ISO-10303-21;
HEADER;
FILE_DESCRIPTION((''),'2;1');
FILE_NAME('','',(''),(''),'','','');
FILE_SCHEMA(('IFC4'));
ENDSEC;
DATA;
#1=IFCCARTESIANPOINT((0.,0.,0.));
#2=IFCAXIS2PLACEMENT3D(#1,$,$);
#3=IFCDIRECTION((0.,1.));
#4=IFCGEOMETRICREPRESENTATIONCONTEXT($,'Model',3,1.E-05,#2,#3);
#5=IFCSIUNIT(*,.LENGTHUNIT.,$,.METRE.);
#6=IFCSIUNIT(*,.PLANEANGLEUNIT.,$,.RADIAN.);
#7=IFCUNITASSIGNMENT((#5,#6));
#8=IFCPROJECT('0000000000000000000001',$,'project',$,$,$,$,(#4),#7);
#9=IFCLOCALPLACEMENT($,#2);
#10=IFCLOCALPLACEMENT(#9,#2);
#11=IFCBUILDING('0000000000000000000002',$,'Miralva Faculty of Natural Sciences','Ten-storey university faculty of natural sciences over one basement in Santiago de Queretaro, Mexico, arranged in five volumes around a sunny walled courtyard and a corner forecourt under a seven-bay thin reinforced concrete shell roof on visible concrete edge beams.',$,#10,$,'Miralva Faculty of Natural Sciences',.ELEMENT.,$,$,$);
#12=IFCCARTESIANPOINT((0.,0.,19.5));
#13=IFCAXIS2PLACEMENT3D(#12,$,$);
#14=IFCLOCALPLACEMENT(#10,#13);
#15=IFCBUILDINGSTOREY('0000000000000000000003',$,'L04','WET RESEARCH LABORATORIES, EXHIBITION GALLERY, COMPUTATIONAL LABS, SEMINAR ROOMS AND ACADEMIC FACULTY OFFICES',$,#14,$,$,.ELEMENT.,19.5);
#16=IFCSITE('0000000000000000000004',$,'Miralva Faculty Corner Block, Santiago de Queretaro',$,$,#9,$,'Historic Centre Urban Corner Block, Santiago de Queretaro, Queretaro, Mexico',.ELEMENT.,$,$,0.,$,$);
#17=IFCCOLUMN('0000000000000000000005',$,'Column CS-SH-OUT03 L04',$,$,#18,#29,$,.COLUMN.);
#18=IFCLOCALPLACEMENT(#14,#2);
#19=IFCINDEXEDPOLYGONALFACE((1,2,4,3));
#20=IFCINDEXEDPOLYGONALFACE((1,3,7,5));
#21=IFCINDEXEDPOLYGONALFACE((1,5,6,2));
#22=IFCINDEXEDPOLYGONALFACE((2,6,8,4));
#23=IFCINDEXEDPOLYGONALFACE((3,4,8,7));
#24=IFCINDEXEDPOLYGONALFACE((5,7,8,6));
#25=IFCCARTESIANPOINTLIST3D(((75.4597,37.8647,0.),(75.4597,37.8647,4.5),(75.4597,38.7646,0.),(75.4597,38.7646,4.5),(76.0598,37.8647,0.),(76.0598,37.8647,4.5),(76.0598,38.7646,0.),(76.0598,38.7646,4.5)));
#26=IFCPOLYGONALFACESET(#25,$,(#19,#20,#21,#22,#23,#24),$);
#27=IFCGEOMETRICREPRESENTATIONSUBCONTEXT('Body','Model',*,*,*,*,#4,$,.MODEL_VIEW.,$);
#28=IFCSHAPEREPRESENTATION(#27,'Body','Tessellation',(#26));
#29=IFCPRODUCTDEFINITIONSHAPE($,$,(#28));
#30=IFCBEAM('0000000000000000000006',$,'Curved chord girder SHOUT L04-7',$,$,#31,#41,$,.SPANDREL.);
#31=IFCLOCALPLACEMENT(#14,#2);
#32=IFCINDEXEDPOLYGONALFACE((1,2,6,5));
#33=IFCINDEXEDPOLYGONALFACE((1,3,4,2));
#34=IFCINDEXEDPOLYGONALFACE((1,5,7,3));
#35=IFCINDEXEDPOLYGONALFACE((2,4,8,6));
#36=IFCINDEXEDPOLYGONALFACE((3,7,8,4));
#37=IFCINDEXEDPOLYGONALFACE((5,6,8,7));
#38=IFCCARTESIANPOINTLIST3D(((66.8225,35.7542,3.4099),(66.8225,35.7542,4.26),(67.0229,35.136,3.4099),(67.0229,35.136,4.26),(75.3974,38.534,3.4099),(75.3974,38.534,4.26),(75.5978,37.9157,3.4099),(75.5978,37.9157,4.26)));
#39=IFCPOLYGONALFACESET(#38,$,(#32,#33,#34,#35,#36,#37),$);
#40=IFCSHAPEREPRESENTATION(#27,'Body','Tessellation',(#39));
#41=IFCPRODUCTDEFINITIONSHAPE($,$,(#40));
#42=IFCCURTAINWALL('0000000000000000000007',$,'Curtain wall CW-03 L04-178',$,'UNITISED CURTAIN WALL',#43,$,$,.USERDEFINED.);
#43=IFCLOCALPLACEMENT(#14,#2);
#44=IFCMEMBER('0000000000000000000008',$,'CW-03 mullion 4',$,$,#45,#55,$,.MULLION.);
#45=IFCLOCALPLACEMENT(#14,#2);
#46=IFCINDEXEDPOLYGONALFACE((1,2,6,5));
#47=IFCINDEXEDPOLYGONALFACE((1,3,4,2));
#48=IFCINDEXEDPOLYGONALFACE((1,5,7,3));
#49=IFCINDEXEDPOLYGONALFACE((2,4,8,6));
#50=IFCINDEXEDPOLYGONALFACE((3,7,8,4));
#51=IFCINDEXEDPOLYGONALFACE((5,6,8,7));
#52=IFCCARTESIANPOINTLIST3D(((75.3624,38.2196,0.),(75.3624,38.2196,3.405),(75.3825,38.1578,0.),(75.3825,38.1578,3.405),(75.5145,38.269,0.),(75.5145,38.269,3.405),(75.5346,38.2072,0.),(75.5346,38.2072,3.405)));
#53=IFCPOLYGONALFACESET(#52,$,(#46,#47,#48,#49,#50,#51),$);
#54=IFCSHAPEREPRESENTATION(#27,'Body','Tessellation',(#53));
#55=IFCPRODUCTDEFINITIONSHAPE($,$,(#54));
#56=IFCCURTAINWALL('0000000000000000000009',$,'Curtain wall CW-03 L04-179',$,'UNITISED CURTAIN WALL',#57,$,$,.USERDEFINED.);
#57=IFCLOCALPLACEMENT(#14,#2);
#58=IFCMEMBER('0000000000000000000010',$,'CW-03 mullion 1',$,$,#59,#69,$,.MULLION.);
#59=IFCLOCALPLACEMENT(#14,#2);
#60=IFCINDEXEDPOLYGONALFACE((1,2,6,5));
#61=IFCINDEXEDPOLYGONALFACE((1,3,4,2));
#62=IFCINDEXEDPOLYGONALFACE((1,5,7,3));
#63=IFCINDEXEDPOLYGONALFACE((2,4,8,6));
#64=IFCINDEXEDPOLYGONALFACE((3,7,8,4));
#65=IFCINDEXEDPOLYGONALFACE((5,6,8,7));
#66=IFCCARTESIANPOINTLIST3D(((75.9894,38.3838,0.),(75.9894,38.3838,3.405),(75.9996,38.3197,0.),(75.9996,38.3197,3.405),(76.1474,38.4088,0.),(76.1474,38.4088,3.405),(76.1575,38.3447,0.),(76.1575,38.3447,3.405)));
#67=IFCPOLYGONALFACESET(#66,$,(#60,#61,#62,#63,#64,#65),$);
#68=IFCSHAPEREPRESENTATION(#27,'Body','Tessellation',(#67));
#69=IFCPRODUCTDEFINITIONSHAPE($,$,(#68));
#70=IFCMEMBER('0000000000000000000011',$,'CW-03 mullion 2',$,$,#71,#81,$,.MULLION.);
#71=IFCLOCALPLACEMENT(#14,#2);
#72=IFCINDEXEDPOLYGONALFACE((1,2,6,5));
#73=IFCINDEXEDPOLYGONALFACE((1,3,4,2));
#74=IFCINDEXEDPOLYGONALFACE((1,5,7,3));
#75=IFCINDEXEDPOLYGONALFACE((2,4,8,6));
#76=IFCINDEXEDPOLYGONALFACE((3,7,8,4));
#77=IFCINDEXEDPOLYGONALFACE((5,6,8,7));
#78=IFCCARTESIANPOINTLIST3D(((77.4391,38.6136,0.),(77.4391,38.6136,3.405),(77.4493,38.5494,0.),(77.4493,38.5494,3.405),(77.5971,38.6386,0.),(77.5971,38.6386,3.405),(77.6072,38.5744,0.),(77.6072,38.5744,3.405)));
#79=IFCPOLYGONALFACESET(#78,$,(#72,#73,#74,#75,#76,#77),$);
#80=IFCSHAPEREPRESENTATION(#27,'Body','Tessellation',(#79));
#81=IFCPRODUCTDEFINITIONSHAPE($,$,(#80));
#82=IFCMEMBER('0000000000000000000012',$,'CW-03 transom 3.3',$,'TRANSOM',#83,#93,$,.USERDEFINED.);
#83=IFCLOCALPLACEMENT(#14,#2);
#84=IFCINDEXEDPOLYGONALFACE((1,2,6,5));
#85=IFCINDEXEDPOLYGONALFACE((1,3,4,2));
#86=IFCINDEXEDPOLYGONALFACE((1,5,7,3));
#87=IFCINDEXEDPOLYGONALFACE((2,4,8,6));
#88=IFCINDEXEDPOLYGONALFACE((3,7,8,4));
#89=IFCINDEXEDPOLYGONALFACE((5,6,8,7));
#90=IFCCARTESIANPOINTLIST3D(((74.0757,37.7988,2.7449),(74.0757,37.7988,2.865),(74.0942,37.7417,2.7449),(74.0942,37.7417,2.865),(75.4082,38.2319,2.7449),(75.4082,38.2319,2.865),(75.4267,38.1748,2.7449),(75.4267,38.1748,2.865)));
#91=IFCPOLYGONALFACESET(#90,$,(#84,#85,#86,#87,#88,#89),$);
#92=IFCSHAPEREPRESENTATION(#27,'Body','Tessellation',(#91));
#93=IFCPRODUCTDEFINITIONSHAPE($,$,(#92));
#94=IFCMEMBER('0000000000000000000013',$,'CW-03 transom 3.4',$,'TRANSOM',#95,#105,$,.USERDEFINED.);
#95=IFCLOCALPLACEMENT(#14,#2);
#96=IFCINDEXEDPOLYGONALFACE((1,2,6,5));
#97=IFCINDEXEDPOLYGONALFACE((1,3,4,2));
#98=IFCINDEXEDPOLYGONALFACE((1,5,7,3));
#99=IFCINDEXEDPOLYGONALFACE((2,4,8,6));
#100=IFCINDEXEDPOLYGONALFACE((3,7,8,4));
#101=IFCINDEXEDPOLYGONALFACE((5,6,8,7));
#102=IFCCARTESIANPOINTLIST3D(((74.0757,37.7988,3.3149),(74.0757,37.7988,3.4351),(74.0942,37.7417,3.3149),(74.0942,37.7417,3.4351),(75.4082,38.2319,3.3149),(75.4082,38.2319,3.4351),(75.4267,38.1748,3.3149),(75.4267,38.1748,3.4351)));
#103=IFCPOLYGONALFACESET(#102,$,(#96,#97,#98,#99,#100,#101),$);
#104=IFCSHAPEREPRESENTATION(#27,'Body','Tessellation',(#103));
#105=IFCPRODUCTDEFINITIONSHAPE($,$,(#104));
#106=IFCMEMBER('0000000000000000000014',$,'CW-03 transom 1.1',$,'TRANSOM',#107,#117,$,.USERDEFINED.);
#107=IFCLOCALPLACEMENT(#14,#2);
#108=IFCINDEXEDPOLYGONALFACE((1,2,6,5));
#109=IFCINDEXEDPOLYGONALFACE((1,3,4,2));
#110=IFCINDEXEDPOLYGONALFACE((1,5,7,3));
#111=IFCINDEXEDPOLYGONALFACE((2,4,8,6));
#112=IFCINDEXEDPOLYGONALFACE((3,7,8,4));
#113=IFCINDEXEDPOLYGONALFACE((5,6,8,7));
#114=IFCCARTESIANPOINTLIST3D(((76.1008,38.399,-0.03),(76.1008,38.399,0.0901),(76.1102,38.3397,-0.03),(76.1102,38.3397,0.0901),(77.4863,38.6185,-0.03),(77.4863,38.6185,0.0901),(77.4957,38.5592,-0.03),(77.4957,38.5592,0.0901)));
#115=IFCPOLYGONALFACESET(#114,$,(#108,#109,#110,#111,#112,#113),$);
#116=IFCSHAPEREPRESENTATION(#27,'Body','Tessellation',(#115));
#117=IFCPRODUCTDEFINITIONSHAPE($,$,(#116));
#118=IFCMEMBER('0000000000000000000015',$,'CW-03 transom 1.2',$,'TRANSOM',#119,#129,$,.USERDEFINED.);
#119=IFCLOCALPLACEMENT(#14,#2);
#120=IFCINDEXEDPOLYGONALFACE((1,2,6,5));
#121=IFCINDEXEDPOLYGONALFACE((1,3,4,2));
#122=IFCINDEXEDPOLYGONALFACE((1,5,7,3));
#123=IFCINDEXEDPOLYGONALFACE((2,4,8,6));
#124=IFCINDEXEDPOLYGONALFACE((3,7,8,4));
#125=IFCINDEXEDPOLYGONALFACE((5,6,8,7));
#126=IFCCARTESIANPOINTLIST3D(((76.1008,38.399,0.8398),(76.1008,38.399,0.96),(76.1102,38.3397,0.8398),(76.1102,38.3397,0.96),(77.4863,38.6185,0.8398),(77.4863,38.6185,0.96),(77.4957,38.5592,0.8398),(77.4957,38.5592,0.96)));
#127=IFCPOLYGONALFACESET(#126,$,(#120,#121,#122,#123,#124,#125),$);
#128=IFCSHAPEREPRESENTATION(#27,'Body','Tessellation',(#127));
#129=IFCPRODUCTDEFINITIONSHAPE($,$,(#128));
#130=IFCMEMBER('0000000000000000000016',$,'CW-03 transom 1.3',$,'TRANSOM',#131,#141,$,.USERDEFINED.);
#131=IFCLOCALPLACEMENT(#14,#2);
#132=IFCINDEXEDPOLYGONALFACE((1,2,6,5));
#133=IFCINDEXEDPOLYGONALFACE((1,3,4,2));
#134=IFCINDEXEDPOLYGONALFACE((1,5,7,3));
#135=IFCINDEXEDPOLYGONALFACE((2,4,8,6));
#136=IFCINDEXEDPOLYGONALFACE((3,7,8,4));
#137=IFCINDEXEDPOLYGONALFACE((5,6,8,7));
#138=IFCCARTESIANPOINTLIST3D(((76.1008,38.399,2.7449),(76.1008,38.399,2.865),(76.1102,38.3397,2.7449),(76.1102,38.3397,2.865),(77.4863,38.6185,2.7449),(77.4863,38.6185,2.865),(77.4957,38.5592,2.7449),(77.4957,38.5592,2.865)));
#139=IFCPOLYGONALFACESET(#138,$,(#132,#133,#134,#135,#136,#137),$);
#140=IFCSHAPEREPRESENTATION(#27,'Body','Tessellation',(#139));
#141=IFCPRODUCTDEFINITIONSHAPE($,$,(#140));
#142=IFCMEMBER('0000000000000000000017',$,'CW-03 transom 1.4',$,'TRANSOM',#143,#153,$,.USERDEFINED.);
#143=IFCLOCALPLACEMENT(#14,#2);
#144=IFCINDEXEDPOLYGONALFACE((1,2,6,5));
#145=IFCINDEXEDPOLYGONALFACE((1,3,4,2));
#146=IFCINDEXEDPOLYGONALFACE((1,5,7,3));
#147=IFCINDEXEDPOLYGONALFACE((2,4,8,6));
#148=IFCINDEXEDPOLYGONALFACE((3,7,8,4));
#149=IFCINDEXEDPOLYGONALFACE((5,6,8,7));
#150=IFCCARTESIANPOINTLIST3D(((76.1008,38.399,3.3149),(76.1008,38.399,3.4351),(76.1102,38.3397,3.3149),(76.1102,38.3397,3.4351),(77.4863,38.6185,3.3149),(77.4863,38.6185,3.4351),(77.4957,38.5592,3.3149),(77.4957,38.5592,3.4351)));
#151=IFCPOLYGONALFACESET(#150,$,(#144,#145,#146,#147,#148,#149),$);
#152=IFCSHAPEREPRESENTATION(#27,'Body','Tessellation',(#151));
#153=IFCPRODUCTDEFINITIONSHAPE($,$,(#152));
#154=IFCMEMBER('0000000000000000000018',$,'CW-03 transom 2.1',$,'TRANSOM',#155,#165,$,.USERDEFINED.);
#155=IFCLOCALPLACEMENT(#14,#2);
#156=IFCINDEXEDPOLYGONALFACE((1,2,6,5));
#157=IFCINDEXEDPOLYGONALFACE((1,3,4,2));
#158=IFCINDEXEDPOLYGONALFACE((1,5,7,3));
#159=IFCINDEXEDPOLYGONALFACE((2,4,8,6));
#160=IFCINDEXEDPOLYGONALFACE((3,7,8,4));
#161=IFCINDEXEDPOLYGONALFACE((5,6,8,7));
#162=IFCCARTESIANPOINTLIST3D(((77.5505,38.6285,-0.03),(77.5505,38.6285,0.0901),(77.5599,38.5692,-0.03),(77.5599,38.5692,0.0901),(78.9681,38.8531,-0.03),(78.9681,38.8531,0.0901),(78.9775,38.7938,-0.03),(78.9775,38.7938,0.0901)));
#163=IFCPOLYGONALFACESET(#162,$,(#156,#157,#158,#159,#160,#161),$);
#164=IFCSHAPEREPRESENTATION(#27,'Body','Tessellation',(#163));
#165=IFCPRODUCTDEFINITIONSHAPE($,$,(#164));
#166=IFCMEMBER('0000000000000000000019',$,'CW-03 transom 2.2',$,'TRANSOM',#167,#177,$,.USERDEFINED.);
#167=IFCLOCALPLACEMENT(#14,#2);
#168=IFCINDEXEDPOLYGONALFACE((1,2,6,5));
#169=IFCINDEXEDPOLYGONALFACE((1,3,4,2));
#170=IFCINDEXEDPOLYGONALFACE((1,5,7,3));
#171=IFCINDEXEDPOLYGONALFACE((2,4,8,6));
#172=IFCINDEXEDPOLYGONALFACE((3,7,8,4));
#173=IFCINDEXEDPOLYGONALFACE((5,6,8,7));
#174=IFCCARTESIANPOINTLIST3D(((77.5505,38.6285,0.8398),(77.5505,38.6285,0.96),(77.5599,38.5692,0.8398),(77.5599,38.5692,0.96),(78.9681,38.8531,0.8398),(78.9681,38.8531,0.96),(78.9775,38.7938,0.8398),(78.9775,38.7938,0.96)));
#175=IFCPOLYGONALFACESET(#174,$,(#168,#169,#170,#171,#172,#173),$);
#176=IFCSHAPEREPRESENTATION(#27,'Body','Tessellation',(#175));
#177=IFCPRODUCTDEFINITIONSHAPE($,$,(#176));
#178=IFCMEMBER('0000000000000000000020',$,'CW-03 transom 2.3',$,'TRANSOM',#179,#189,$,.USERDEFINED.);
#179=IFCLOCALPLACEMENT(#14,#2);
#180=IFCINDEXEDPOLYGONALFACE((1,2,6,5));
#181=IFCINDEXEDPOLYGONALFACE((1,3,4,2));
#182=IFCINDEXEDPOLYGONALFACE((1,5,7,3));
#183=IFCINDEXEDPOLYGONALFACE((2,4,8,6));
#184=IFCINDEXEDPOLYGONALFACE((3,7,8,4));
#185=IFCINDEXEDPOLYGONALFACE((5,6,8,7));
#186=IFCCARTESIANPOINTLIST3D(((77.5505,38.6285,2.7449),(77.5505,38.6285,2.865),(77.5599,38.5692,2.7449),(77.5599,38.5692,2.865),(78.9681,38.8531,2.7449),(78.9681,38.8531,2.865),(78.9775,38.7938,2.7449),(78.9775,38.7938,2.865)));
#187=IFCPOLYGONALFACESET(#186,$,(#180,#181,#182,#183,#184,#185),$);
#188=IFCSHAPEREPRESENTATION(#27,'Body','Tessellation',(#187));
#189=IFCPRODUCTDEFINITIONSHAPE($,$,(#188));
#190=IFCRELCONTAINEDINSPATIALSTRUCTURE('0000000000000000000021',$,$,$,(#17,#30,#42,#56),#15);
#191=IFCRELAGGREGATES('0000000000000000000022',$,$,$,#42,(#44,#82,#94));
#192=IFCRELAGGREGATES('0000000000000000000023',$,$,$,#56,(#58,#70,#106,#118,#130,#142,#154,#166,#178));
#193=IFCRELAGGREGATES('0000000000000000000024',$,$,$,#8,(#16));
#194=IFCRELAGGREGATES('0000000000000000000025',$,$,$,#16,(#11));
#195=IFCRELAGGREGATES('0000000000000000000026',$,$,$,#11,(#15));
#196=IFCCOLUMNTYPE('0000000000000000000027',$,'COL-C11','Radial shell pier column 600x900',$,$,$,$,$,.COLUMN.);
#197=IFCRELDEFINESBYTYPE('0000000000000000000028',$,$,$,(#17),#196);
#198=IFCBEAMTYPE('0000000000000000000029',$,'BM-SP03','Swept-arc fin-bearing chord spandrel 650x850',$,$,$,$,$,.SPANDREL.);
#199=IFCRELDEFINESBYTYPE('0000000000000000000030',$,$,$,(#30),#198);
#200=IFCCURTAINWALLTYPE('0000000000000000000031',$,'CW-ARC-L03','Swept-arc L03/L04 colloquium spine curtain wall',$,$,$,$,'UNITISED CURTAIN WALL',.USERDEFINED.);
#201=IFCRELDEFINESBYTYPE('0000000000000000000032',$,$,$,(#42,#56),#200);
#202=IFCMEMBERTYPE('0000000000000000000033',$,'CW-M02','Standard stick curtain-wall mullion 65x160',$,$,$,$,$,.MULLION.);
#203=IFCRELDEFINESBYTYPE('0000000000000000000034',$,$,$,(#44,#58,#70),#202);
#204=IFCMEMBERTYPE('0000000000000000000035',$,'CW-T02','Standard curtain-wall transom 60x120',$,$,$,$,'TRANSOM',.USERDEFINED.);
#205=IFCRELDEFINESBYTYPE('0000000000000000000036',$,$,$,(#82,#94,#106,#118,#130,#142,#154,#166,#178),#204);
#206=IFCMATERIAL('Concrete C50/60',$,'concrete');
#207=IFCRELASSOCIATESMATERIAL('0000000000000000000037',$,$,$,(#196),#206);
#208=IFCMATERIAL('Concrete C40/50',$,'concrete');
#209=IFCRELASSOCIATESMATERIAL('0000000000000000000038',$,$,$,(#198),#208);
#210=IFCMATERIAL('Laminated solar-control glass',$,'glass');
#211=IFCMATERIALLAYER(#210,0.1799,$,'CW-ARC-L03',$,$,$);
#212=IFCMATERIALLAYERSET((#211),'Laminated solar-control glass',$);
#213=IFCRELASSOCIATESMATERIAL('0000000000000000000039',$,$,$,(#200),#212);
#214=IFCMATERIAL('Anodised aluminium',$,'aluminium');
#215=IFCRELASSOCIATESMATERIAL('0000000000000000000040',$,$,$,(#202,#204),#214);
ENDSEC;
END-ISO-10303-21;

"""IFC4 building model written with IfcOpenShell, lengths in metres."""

from ifc_helpers import new_model, si_unit, direction, frame, origin, origin_2d, place, context, subcontext, project, spatial, rectangle, extrude, material, layer, layer_set, material_profile, profile_set, type_object, element, aggregate, save


model = new_model("IFC4")

# Units and contexts
model_context = context("Model", 3, precision=1e-05, world=origin(), true_north=direction((0.0, 1.0)))
body_context = subcontext(model_context, "Body", "Model", "MODEL_VIEW")
ifc_project = project(units=[si_unit("LENGTHUNIT", "METRE"), si_unit("PLANEANGLEUNIT", "RADIAN")], contexts=[model_context])

# Site, building, storey
site_placement = place(None, origin())
site = spatial("IfcSite", under=ifc_project, at=site_placement, Name="Miralva Faculty Corner Block, Santiago de Queretaro", LongName="Historic Centre Urban Corner Block, Santiago de Queretaro, Queretaro, Mexico", CompositionType="ELEMENT", RefElevation=0.0)
building_placement = place(site_placement, origin())
building = spatial("IfcBuilding", under=site, at=building_placement, Name="Miralva Faculty of Natural Sciences", Description="Ten-storey university faculty of natural sciences over one basement in Santiago de Queretaro, Mexico, arranged in five volumes around a sunny walled courtyard and a corner forecourt under a seven-bay thin reinforced concrete shell roof on visible concrete edge beams.", LongName="Miralva Faculty of Natural Sciences", CompositionType="ELEMENT")
storey_placement = place(building_placement, frame((0.0, 0.0, 19.5)))
storey = spatial("IfcBuildingStorey", under=building, at=storey_placement, Name="L04", Description="WET RESEARCH LABORATORIES, EXHIBITION GALLERY, COMPUTATIONAL LABS, SEMINAR ROOMS AND ACADEMIC FACULTY OFFICES", CompositionType="ELEMENT", Elevation=19.5)

# Column
ifc_material_1 = material(Name="Concrete C50/60", Category="concrete")
ifc_material_profile_1 = material_profile(ifc_material_1, rectangle(XDim=0.6001, YDim=0.8999, at=origin_2d()), Name="RC 600x900")
ifc_profile_set_1 = profile_set([ifc_material_profile_1], Name="Concrete C50/60")
column_type = type_object("IfcColumnType", Name="COL-C11", Description="Radial shell pier column 600x900", PredefinedType="COLUMN", material=ifc_profile_set_1)
column_placement = place(storey_placement, frame((75.7598, 38.3147, 0.0), z_axis=(0.0, 0.0, 1.0), x_axis=(1.0, 0.0, 0.0)))
element("IfcColumn", 1, at=column_placement, inside=storey, type_object=column_type, Name="Column CS-SH-OUT03 L04", PredefinedType="COLUMN", context=body_context, shape_type="SweptSolid", body=[
    extrude(rectangle(XDim=0.6001, YDim=0.8999, at=origin_2d()), origin(), (0.0, 0.0, 1.0), 4.5),
])

# Beam
ifc_material_2 = material(Name="Concrete C40/50", Category="concrete")
ifc_material_profile_2 = material_profile(ifc_material_2, rectangle(XDim=0.6499, YDim=0.8501, at=origin_2d()), Name="RC 650x850")
ifc_profile_set_2 = profile_set([ifc_material_profile_2], Name="Concrete C40/50")
beam_type = type_object("IfcBeamType", Name="BM-SP03", Description="Swept-arc fin-bearing chord spandrel 650x850", PredefinedType="SPANDREL", material=ifc_profile_set_2)
beam_placement = place(storey_placement, frame((75.4976, 38.2249, 3.835), z_axis=(-0.951264, -0.308376, 0.0), x_axis=(0.308376, -0.951264, 0.0)))
element("IfcBeam", 2, at=beam_placement, inside=storey, type_object=beam_type, Name="Curved chord girder SHOUT L04-7", PredefinedType="SPANDREL", context=body_context, shape_type="SweptSolid", body=[
    extrude(rectangle(XDim=0.6499, YDim=0.8501, at=origin_2d()), origin(), (0.0, 0.0, 1.0), 9.0142),
])

# Curtain wall, member
ifc_material_3 = material(Name="Laminated solar-control glass", Category="glass")
ifc_layer_1 = layer(ifc_material_3, 0.1799, Name="CW-ARC-L03")
ifc_layer_set_1 = layer_set([ifc_layer_1], Name="Laminated solar-control glass")
curtain_wall_type = type_object("IfcCurtainWallType", Name="CW-ARC-L03", Description="Swept-arc L03/L04 colloquium spine curtain wall", ElementType="UNITISED CURTAIN WALL", PredefinedType="USERDEFINED", material=ifc_layer_set_1)
curtain_wall_1_placement = place(storey_placement, origin())
curtain_wall_1 = element("IfcCurtainWall", 3, at=curtain_wall_1_placement, inside=storey, type_object=curtain_wall_type, Name="Curtain wall CW-03 L04-178", ObjectType="UNITISED CURTAIN WALL", PredefinedType="USERDEFINED")
ifc_material_4 = material(Name="Anodised aluminium", Category="aluminium")
ifc_material_profile_3 = material_profile(ifc_material_4, rectangle(XDim=0.0649, YDim=0.1599, at=origin_2d()), Name="MULLION 65x160")
ifc_profile_set_3 = profile_set([ifc_material_profile_3], Name="Anodised aluminium")
member_type_1 = type_object("IfcMemberType", Name="CW-M02", Description="Standard stick curtain-wall mullion 65x160", PredefinedType="MULLION", material=ifc_profile_set_3)
member_1_placement = place(storey_placement, frame((75.4485, 38.2134, 0.0), z_axis=(0.0, 0.0, 1.0), x_axis=(-0.309006, 0.95106, 0.0)))
member_1 = element("IfcMember", 4, at=member_1_placement, type_object=member_type_1, Name="CW-03 mullion 4", PredefinedType="MULLION", context=body_context, shape_type="SweptSolid", body=[
    extrude(rectangle(XDim=0.0649, YDim=0.1599, at=origin_2d()), origin(), (0.0, 0.0, 1.0), 3.405),
])

# Curtain wall, members
curtain_wall_2_placement = place(storey_placement, origin())
curtain_wall_2 = element("IfcCurtainWall", 5, at=curtain_wall_2_placement, inside=storey, type_object=curtain_wall_type, Name="Curtain wall CW-03 L04-179", ObjectType="UNITISED CURTAIN WALL", PredefinedType="USERDEFINED")
member_2_placement = place(storey_placement, frame((76.0735, 38.3643, 0.0), z_axis=(0.0, 0.0, 1.0), x_axis=(-0.156431, 0.987689, 0.0)))
member_2 = element("IfcMember", 6, at=member_2_placement, type_object=member_type_1, Name="CW-03 mullion 1", PredefinedType="MULLION", context=body_context, shape_type="SweptSolid", body=[
    extrude(rectangle(XDim=0.0649, YDim=0.1599, at=origin_2d()), origin(), (0.0, 0.0, 1.0), 3.405),
])
member_3_placement = place(storey_placement, frame((77.5232, 38.594, 0.0), z_axis=(0.0, 0.0, 1.0), x_axis=(-0.156431, 0.987689, 0.0)))
member_3 = element("IfcMember", 7, at=member_3_placement, type_object=member_type_1, Name="CW-03 mullion 2", PredefinedType="MULLION", context=body_context, shape_type="SweptSolid", body=[
    extrude(rectangle(XDim=0.0649, YDim=0.1599, at=origin_2d()), origin(), (0.0, 0.0, 1.0), 3.405),
])

# Members
ifc_material_profile_4 = material_profile(ifc_material_4, rectangle(XDim=0.0601, YDim=0.1201, at=origin_2d()), Name="TRANSOM 60x120")
ifc_profile_set_4 = profile_set([ifc_material_profile_4], Name="Anodised aluminium")
member_type_2 = type_object("IfcMemberType", Name="CW-T02", Description="Standard curtain-wall transom 60x120", ElementType="TRANSOM", PredefinedType="USERDEFINED", material=ifc_profile_set_4)
member_4_placement = place(storey_placement, frame((74.085, 37.7703, 2.8049), z_axis=(0.951026, 0.30911, 0.0), x_axis=(-0.30911, 0.951026, 0.0)))
member_4 = element("IfcMember", 8, at=member_4_placement, type_object=member_type_2, Name="CW-03 transom 3.3", ObjectType="TRANSOM", PredefinedType="USERDEFINED", context=body_context, shape_type="SweptSolid", body=[
    extrude(rectangle(XDim=0.0601, YDim=0.1201, at=origin_2d()), origin(), (0.0, 0.0, 1.0), 1.4011),
])
member_5_placement = place(storey_placement, frame((74.085, 37.7703, 3.375), z_axis=(0.951026, 0.30911, 0.0), x_axis=(-0.30911, 0.951026, 0.0)))
member_5 = element("IfcMember", 9, at=member_5_placement, type_object=member_type_2, Name="CW-03 transom 3.4", ObjectType="TRANSOM", PredefinedType="USERDEFINED", context=body_context, shape_type="SweptSolid", body=[
    extrude(rectangle(XDim=0.0601, YDim=0.1201, at=origin_2d()), origin(), (0.0, 0.0, 1.0), 1.4011),
])
member_6_placement = place(storey_placement, frame((76.1055, 38.3694, 0.03), z_axis=(0.987684, 0.156463, 0.0), x_axis=(-0.156463, 0.987684, 0.0)))
member_6 = element("IfcMember", 10, at=member_6_placement, type_object=member_type_2, Name="CW-03 transom 1.1", ObjectType="TRANSOM", PredefinedType="USERDEFINED", context=body_context, shape_type="SweptSolid", body=[
    extrude(rectangle(XDim=0.0601, YDim=0.1201, at=origin_2d()), origin(), (0.0, 0.0, 1.0), 1.4028),
])
member_7_placement = place(storey_placement, frame((76.1055, 38.3694, 0.8999), z_axis=(0.987684, 0.156463, 0.0), x_axis=(-0.156463, 0.987684, 0.0)))
member_7 = element("IfcMember", 11, at=member_7_placement, type_object=member_type_2, Name="CW-03 transom 1.2", ObjectType="TRANSOM", PredefinedType="USERDEFINED", context=body_context, shape_type="SweptSolid", body=[
    extrude(rectangle(XDim=0.0601, YDim=0.1201, at=origin_2d()), origin(), (0.0, 0.0, 1.0), 1.4028),
])
member_8_placement = place(storey_placement, frame((76.1055, 38.3694, 2.8049), z_axis=(0.987684, 0.156463, 0.0), x_axis=(-0.156463, 0.987684, 0.0)))
member_8 = element("IfcMember", 12, at=member_8_placement, type_object=member_type_2, Name="CW-03 transom 1.3", ObjectType="TRANSOM", PredefinedType="USERDEFINED", context=body_context, shape_type="SweptSolid", body=[
    extrude(rectangle(XDim=0.0601, YDim=0.1201, at=origin_2d()), origin(), (0.0, 0.0, 1.0), 1.4028),
])
member_9_placement = place(storey_placement, frame((76.1055, 38.3694, 3.375), z_axis=(0.987684, 0.156463, 0.0), x_axis=(-0.156463, 0.987684, 0.0)))
member_9 = element("IfcMember", 13, at=member_9_placement, type_object=member_type_2, Name="CW-03 transom 1.4", ObjectType="TRANSOM", PredefinedType="USERDEFINED", context=body_context, shape_type="SweptSolid", body=[
    extrude(rectangle(XDim=0.0601, YDim=0.1201, at=origin_2d()), origin(), (0.0, 0.0, 1.0), 1.4028),
])
member_10_placement = place(storey_placement, frame((77.5552, 38.5989, 0.03), z_axis=(0.987681, 0.156478, 0.0), x_axis=(-0.156478, 0.987681, 0.0)))
member_10 = element("IfcMember", 14, at=member_10_placement, type_object=member_type_2, Name="CW-03 transom 2.1", ObjectType="TRANSOM", PredefinedType="USERDEFINED", context=body_context, shape_type="SweptSolid", body=[
    extrude(rectangle(XDim=0.0601, YDim=0.1201, at=origin_2d()), origin(), (0.0, 0.0, 1.0), 1.4353),
])
member_11_placement = place(storey_placement, frame((77.5552, 38.5989, 0.8999), z_axis=(0.987681, 0.156478, 0.0), x_axis=(-0.156478, 0.987681, 0.0)))
member_11 = element("IfcMember", 15, at=member_11_placement, type_object=member_type_2, Name="CW-03 transom 2.2", ObjectType="TRANSOM", PredefinedType="USERDEFINED", context=body_context, shape_type="SweptSolid", body=[
    extrude(rectangle(XDim=0.0601, YDim=0.1201, at=origin_2d()), origin(), (0.0, 0.0, 1.0), 1.4353),
])
member_12_placement = place(storey_placement, frame((77.5552, 38.5989, 2.8049), z_axis=(0.987681, 0.156478, 0.0), x_axis=(-0.156478, 0.987681, 0.0)))
member_12 = element("IfcMember", 16, at=member_12_placement, type_object=member_type_2, Name="CW-03 transom 2.3", ObjectType="TRANSOM", PredefinedType="USERDEFINED", context=body_context, shape_type="SweptSolid", body=[
    extrude(rectangle(XDim=0.0601, YDim=0.1201, at=origin_2d()), origin(), (0.0, 0.0, 1.0), 1.4353),
])

aggregate(curtain_wall_1, [member_1, member_4, member_5])
aggregate(curtain_wall_2, [member_2, member_3, member_6, member_7, member_8, member_9, member_10, member_11, member_12])

save(model, "model.ifc")
